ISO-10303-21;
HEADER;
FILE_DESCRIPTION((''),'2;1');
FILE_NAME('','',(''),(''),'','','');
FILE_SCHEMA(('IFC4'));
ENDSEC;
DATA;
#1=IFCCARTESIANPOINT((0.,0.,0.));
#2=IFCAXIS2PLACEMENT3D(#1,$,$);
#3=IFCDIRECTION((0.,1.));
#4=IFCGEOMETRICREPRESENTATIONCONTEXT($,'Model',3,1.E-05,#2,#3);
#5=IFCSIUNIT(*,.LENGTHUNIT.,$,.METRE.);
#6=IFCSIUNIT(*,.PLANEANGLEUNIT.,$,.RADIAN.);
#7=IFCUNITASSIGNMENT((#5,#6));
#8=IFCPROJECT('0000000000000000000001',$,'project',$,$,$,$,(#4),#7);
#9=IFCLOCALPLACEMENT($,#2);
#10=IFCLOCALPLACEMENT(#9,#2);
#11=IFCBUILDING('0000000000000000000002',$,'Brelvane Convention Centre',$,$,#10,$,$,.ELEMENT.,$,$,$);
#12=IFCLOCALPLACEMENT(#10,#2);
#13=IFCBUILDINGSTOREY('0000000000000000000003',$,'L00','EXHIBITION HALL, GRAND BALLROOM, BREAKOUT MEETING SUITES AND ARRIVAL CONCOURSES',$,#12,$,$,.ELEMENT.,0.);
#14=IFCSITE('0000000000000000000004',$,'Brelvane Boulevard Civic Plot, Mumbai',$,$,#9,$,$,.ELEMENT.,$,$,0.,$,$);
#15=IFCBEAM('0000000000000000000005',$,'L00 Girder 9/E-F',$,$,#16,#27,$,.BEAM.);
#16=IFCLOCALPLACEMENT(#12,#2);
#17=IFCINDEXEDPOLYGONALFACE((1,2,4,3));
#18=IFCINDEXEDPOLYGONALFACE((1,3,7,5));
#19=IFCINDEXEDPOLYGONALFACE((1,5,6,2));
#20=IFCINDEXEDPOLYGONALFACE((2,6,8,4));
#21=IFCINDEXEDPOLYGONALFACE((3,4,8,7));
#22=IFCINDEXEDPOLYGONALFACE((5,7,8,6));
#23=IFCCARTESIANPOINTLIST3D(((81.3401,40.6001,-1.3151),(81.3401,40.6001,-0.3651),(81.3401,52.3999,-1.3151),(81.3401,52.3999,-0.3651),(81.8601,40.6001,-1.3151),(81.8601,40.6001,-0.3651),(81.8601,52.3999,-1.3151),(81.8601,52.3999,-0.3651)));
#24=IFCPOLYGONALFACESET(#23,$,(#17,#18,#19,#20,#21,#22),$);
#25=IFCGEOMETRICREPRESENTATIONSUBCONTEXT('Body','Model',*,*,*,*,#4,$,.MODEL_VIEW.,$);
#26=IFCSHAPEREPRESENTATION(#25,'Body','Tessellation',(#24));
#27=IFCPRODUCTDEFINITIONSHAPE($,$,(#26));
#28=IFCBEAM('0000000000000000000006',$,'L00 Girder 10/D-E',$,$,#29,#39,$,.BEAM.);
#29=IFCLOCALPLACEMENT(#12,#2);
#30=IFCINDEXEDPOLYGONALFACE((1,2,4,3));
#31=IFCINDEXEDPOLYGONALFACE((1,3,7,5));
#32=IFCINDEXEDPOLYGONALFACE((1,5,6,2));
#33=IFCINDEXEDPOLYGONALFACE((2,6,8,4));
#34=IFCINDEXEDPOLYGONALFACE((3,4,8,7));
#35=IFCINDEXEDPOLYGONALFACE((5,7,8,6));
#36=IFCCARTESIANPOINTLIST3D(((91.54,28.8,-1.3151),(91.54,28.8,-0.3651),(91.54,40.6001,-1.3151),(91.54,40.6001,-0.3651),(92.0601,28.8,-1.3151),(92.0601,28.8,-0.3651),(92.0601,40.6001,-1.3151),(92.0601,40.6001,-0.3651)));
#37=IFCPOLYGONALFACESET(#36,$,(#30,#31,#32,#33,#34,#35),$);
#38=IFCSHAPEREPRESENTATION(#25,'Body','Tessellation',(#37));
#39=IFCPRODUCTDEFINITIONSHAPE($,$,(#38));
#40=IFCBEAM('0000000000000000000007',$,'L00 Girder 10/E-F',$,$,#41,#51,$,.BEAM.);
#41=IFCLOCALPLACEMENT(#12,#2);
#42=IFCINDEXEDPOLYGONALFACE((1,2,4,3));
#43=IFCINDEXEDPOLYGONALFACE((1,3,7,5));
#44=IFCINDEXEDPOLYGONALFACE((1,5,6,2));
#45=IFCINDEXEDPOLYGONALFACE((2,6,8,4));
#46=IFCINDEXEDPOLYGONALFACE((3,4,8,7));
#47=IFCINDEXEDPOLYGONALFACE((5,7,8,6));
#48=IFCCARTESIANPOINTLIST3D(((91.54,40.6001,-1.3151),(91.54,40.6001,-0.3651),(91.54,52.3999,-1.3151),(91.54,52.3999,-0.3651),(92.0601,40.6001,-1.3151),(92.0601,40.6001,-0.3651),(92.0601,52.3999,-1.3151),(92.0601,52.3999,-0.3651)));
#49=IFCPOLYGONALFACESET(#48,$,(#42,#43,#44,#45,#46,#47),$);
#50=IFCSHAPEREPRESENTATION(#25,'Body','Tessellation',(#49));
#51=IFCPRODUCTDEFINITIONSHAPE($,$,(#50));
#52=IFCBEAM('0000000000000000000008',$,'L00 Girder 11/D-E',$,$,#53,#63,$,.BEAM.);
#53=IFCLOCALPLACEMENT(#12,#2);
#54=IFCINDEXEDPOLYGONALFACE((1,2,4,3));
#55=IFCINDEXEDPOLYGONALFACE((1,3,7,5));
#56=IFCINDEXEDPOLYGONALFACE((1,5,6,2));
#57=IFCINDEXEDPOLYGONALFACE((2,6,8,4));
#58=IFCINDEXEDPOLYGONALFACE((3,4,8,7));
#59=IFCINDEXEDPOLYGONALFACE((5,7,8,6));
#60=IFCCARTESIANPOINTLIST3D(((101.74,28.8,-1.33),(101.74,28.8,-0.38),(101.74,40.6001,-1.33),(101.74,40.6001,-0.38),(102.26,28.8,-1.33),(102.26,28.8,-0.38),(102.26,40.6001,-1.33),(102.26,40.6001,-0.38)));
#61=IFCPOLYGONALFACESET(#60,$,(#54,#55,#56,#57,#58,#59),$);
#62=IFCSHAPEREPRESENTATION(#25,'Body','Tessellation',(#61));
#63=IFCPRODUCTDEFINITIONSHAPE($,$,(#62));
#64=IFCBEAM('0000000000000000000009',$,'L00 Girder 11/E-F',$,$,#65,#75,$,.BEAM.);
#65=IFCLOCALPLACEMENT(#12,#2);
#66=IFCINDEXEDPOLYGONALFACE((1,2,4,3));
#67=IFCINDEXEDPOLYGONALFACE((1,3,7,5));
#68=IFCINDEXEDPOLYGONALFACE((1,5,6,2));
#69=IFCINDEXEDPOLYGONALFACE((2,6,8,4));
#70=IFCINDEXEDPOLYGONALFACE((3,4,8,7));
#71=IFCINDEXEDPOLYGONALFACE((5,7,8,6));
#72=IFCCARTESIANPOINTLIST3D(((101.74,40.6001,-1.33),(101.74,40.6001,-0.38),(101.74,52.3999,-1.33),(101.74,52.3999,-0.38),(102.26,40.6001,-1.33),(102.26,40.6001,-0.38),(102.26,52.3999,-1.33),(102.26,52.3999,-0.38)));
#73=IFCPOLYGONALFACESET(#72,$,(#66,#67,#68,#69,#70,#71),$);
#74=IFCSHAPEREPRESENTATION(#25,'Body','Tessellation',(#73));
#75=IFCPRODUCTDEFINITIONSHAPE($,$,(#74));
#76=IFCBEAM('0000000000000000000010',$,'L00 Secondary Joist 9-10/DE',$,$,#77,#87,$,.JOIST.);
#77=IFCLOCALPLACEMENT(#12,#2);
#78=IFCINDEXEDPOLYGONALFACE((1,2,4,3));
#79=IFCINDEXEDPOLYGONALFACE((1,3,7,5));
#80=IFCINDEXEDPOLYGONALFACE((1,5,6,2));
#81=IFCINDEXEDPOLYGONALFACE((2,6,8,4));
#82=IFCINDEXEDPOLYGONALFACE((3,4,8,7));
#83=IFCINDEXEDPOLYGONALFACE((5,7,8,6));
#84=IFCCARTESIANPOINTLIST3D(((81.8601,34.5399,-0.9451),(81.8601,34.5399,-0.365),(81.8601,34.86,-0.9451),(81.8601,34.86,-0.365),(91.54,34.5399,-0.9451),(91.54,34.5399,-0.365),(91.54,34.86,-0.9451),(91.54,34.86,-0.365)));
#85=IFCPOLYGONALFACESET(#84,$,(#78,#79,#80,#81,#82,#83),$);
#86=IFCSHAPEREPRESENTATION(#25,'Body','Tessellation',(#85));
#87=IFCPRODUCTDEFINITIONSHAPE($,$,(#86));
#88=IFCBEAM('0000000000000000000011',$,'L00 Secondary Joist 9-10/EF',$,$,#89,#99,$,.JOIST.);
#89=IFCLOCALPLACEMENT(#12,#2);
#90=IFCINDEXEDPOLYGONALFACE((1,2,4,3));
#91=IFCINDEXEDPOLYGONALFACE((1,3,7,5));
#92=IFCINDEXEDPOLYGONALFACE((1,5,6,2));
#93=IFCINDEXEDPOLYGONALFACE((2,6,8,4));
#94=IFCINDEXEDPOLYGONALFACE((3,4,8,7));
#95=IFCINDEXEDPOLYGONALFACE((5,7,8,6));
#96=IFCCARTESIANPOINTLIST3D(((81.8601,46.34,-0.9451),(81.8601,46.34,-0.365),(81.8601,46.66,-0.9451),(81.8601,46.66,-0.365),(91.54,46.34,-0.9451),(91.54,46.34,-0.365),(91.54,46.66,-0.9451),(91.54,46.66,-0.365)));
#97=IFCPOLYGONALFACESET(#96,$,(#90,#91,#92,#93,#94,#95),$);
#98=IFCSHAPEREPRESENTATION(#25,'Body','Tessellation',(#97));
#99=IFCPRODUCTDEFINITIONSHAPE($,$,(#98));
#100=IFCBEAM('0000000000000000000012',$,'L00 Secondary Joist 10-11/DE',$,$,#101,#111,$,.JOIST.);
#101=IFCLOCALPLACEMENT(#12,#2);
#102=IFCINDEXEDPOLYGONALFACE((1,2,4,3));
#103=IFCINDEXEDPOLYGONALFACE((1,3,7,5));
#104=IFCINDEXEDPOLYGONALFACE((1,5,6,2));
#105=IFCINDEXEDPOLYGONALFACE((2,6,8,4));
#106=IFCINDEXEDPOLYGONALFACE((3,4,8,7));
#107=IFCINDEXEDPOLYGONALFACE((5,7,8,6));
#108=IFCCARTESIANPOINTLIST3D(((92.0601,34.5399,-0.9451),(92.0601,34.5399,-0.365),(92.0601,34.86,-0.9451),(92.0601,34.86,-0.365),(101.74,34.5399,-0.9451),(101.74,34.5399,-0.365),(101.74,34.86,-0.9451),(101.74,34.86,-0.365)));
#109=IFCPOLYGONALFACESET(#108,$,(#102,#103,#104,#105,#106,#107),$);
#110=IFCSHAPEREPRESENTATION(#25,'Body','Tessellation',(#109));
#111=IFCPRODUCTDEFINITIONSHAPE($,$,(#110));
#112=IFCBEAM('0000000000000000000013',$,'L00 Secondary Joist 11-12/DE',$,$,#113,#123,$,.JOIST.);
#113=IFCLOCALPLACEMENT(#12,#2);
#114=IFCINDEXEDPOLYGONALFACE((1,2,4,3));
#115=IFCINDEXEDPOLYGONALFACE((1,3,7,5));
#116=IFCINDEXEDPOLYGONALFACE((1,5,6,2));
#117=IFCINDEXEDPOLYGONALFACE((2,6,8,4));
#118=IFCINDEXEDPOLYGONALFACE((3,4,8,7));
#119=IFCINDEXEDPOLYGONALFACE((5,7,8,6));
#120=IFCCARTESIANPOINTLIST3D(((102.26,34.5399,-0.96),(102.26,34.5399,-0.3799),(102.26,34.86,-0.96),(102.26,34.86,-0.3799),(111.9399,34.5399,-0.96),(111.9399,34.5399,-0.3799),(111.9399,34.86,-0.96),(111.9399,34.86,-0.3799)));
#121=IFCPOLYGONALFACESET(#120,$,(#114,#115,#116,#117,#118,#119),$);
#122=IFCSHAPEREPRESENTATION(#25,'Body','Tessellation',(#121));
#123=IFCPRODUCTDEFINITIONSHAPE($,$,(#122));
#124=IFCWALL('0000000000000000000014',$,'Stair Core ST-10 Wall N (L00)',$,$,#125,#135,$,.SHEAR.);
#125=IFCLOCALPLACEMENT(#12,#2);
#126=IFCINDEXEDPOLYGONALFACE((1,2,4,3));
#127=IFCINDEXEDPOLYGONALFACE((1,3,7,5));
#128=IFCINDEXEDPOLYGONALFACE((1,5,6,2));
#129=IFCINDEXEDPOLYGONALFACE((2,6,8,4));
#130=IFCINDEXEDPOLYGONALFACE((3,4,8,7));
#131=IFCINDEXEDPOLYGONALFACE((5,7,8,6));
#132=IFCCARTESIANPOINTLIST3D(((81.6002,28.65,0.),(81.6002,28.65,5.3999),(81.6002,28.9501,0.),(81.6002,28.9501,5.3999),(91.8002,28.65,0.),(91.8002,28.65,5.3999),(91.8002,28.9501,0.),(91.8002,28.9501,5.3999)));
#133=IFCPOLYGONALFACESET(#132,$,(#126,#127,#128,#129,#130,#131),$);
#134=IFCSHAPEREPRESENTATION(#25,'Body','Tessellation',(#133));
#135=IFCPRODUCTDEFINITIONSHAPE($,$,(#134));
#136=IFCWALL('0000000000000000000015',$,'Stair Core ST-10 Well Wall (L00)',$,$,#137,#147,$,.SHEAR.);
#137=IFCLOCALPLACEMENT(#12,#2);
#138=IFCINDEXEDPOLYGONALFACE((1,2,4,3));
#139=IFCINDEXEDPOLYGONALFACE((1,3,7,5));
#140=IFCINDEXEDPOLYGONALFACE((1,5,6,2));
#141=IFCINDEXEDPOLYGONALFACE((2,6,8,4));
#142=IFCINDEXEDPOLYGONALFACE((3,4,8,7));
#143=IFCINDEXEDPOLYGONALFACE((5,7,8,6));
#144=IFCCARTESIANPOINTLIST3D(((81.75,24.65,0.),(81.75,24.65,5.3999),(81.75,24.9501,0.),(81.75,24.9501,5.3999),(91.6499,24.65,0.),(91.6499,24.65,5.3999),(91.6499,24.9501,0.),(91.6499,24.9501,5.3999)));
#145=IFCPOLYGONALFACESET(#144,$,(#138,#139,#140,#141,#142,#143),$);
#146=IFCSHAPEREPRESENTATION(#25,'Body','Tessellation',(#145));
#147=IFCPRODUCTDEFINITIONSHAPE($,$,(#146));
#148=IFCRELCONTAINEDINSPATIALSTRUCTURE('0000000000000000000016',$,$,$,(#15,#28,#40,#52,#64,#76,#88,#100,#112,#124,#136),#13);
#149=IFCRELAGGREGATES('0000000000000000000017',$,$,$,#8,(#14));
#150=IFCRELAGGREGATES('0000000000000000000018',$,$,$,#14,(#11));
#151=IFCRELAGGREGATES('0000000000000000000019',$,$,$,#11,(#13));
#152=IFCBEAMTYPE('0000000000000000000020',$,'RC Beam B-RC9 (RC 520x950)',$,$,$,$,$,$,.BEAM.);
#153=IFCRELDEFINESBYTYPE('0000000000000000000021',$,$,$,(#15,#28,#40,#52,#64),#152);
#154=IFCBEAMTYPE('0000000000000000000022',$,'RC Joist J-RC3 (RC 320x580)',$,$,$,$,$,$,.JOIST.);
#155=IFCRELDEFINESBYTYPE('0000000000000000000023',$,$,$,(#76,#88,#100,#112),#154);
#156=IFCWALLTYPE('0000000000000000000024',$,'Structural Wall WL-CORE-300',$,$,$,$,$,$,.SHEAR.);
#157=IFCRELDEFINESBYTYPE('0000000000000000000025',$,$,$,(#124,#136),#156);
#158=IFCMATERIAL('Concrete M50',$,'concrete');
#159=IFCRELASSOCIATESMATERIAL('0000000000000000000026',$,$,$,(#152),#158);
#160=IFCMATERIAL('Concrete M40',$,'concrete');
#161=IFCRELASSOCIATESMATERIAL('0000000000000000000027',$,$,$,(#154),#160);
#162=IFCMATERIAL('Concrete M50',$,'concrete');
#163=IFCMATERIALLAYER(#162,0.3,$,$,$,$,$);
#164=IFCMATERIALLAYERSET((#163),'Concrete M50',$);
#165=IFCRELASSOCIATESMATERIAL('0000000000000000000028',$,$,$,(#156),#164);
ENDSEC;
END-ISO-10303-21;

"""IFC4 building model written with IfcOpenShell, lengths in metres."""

from ifc_helpers import new_model, si_unit, direction, frame, frame_2d, origin, origin_2d, place, context, subcontext, project, spatial, rectangle, extrude, material, layer, layer_set, material_profile, profile_set, type_object, element, save


model = new_model("IFC4")

# Units and contexts
model_context = context("Model", 3, precision=1e-05, world=origin(), true_north=direction((0.0, 1.0)))
body_context = subcontext(model_context, "Body", "Model", "MODEL_VIEW")
ifc_project = project(units=[si_unit("LENGTHUNIT", "METRE"), si_unit("PLANEANGLEUNIT", "RADIAN")], contexts=[model_context])

# Site, building, storey
site_placement = place(None, origin())
site = spatial("IfcSite", under=ifc_project, at=site_placement, Name="Brelvane Boulevard Civic Plot, Mumbai", CompositionType="ELEMENT", RefElevation=0.0)
building_placement = place(site_placement, origin())
building = spatial("IfcBuilding", under=site, at=building_placement, Name="Brelvane Convention Centre", CompositionType="ELEMENT")
storey_placement = place(building_placement, origin())
storey = spatial("IfcBuildingStorey", under=building, at=storey_placement, Name="L00", Description="EXHIBITION HALL, GRAND BALLROOM, BREAKOUT MEETING SUITES AND ARRIVAL CONCOURSES", CompositionType="ELEMENT", Elevation=0.0)

# Beams
ifc_material_1 = material(Name="Concrete M50", Category="concrete")
ifc_material_profile_1 = material_profile(ifc_material_1, rectangle(XDim=0.52, YDim=0.95, at=origin_2d()), Name="RC 520x950")
ifc_profile_set_1 = profile_set([ifc_material_profile_1], Name="Concrete M50")
beam_type_1 = type_object("IfcBeamType", Name="RC Beam B-RC9 (RC 520x950)", PredefinedType="BEAM", material=ifc_profile_set_1)
beam_1_placement = place(storey_placement, frame((81.6001, 40.6001, -0.8401), z_axis=(0.0, 1.0, 0.0), x_axis=(-1.0, 0.0, 0.0)))
element("IfcBeam", 1, at=beam_1_placement, inside=storey, type_object=beam_type_1, Name="L00 Girder 9/E-F", PredefinedType="BEAM", context=body_context, shape_type="SweptSolid", body=[
    extrude(rectangle(XDim=0.52, YDim=0.95, at=origin_2d()), origin(), (0.0, 0.0, 1.0), 11.7998),
])
beam_2_placement = place(storey_placement, frame((91.8, 28.8, -0.8401), z_axis=(0.0, 1.0, 0.0), x_axis=(-1.0, 0.0, 0.0)))
element("IfcBeam", 2, at=beam_2_placement, inside=storey, type_object=beam_type_1, Name="L00 Girder 10/D-E", PredefinedType="BEAM", context=body_context, shape_type="SweptSolid", body=[
    extrude(rectangle(XDim=0.52, YDim=0.95, at=origin_2d()), origin(), (0.0, 0.0, 1.0), 11.8),
])
beam_3_placement = place(storey_placement, frame((91.8, 40.6001, -0.8401), z_axis=(0.0, 1.0, 0.0), x_axis=(-1.0, 0.0, 0.0)))
element("IfcBeam", 3, at=beam_3_placement, inside=storey, type_object=beam_type_1, Name="L00 Girder 10/E-F", PredefinedType="BEAM", context=body_context, shape_type="SweptSolid", body=[
    extrude(rectangle(XDim=0.52, YDim=0.95, at=origin_2d()), origin(), (0.0, 0.0, 1.0), 11.7998),
])
beam_4_placement = place(storey_placement, frame((102.0, 28.8, -0.855), z_axis=(0.0, 1.0, 0.0), x_axis=(-1.0, 0.0, 0.0)))
element("IfcBeam", 4, at=beam_4_placement, inside=storey, type_object=beam_type_1, Name="L00 Girder 11/D-E", PredefinedType="BEAM", context=body_context, shape_type="SweptSolid", body=[
    extrude(rectangle(XDim=0.52, YDim=0.95, at=origin_2d()), origin(), (0.0, 0.0, 1.0), 11.8),
])
beam_5_placement = place(storey_placement, frame((102.0, 40.6001, -0.855), z_axis=(0.0, 1.0, 0.0), x_axis=(-1.0, 0.0, 0.0)))
element("IfcBeam", 5, at=beam_5_placement, inside=storey, type_object=beam_type_1, Name="L00 Girder 11/E-F", PredefinedType="BEAM", context=body_context, shape_type="SweptSolid", body=[
    extrude(rectangle(XDim=0.52, YDim=0.95, at=origin_2d()), origin(), (0.0, 0.0, 1.0), 11.7998),
])
ifc_material_2 = material(Name="Concrete M40", Category="concrete")
ifc_material_profile_2 = material_profile(ifc_material_2, rectangle(XDim=0.3201, YDim=0.5801, at=origin_2d()), Name="RC 320x580")
ifc_profile_set_2 = profile_set([ifc_material_profile_2], Name="Concrete M40")
beam_type_2 = type_object("IfcBeamType", Name="RC Joist J-RC3 (RC 320x580)", PredefinedType="JOIST", material=ifc_profile_set_2)
for number, where, z_axis, x_axis, name in (
    (6, (81.8601, 34.7, -0.655), (1.0, 0.0, 0.0), (0.0, 1.0, 0.0), "L00 Secondary Joist 9-10/DE"),
    (7, (81.8601, 46.5, -0.655), (1.0, 0.0, 0.0), (0.0, 1.0, 0.0), "L00 Secondary Joist 9-10/EF"),
    (8, (92.0601, 34.7, -0.655), (1.0, 0.0, 0.0), (0.0, 1.0, 0.0), "L00 Secondary Joist 10-11/DE"),
    (9, (102.26, 34.7, -0.6699), (1.0, 0.0, 0.0), (0.0, 1.0, 0.0), "L00 Secondary Joist 11-12/DE"),
):
    element("IfcBeam", number, at=place(storey_placement, frame(where, z_axis=z_axis, x_axis=x_axis)), inside=storey, type_object=beam_type_2, Name=name, PredefinedType="JOIST", context=body_context, shape_type="SweptSolid", body=[
        extrude(rectangle(XDim=0.3201, YDim=0.5801, at=origin_2d()), origin(), (0.0, 0.0, 1.0), 9.6799),
    ])

# Walls
ifc_material_3 = material(Name="Concrete M50", Category="concrete")
ifc_layer_1 = layer(ifc_material_3, 0.3)
ifc_layer_set_1 = layer_set([ifc_layer_1], Name="Concrete M50")
wall_type_1 = type_object("IfcWallType", Name="Structural Wall WL-CORE-300", PredefinedType="SHEAR", material=ifc_layer_set_1)
wall_1_placement = place(storey_placement, frame((81.6001, 28.8, 0.0), z_axis=(0.0, 0.0, 1.0), x_axis=(1.0, 0.0, 0.0)))
element("IfcWall", 10, at=wall_1_placement, inside=storey, type_object=wall_type_1, Name="Stair Core ST-10 Wall N (L00)", PredefinedType="SHEAR", context=body_context, shape_type="SweptSolid", body=[
    extrude(rectangle(XDim=10.2, YDim=0.3, at=frame_2d((5.1001, 0.0))), origin(), (0.0, 0.0, 1.0), 5.3999),
])
wall_2_placement = place(storey_placement, frame((81.75, 24.8, 0.0), z_axis=(0.0, 0.0, 1.0), x_axis=(1.0, 0.0, 0.0)))
element("IfcWall", 11, at=wall_2_placement, inside=storey, type_object=wall_type_1, Name="Stair Core ST-10 Well Wall (L00)", PredefinedType="SHEAR", context=body_context, shape_type="SweptSolid", body=[
    extrude(rectangle(XDim=9.8999, YDim=0.3, at=frame_2d((4.95, 0.0))), origin(), (0.0, 0.0, 1.0), 5.3999),
])

save(model, "model.ifc")
